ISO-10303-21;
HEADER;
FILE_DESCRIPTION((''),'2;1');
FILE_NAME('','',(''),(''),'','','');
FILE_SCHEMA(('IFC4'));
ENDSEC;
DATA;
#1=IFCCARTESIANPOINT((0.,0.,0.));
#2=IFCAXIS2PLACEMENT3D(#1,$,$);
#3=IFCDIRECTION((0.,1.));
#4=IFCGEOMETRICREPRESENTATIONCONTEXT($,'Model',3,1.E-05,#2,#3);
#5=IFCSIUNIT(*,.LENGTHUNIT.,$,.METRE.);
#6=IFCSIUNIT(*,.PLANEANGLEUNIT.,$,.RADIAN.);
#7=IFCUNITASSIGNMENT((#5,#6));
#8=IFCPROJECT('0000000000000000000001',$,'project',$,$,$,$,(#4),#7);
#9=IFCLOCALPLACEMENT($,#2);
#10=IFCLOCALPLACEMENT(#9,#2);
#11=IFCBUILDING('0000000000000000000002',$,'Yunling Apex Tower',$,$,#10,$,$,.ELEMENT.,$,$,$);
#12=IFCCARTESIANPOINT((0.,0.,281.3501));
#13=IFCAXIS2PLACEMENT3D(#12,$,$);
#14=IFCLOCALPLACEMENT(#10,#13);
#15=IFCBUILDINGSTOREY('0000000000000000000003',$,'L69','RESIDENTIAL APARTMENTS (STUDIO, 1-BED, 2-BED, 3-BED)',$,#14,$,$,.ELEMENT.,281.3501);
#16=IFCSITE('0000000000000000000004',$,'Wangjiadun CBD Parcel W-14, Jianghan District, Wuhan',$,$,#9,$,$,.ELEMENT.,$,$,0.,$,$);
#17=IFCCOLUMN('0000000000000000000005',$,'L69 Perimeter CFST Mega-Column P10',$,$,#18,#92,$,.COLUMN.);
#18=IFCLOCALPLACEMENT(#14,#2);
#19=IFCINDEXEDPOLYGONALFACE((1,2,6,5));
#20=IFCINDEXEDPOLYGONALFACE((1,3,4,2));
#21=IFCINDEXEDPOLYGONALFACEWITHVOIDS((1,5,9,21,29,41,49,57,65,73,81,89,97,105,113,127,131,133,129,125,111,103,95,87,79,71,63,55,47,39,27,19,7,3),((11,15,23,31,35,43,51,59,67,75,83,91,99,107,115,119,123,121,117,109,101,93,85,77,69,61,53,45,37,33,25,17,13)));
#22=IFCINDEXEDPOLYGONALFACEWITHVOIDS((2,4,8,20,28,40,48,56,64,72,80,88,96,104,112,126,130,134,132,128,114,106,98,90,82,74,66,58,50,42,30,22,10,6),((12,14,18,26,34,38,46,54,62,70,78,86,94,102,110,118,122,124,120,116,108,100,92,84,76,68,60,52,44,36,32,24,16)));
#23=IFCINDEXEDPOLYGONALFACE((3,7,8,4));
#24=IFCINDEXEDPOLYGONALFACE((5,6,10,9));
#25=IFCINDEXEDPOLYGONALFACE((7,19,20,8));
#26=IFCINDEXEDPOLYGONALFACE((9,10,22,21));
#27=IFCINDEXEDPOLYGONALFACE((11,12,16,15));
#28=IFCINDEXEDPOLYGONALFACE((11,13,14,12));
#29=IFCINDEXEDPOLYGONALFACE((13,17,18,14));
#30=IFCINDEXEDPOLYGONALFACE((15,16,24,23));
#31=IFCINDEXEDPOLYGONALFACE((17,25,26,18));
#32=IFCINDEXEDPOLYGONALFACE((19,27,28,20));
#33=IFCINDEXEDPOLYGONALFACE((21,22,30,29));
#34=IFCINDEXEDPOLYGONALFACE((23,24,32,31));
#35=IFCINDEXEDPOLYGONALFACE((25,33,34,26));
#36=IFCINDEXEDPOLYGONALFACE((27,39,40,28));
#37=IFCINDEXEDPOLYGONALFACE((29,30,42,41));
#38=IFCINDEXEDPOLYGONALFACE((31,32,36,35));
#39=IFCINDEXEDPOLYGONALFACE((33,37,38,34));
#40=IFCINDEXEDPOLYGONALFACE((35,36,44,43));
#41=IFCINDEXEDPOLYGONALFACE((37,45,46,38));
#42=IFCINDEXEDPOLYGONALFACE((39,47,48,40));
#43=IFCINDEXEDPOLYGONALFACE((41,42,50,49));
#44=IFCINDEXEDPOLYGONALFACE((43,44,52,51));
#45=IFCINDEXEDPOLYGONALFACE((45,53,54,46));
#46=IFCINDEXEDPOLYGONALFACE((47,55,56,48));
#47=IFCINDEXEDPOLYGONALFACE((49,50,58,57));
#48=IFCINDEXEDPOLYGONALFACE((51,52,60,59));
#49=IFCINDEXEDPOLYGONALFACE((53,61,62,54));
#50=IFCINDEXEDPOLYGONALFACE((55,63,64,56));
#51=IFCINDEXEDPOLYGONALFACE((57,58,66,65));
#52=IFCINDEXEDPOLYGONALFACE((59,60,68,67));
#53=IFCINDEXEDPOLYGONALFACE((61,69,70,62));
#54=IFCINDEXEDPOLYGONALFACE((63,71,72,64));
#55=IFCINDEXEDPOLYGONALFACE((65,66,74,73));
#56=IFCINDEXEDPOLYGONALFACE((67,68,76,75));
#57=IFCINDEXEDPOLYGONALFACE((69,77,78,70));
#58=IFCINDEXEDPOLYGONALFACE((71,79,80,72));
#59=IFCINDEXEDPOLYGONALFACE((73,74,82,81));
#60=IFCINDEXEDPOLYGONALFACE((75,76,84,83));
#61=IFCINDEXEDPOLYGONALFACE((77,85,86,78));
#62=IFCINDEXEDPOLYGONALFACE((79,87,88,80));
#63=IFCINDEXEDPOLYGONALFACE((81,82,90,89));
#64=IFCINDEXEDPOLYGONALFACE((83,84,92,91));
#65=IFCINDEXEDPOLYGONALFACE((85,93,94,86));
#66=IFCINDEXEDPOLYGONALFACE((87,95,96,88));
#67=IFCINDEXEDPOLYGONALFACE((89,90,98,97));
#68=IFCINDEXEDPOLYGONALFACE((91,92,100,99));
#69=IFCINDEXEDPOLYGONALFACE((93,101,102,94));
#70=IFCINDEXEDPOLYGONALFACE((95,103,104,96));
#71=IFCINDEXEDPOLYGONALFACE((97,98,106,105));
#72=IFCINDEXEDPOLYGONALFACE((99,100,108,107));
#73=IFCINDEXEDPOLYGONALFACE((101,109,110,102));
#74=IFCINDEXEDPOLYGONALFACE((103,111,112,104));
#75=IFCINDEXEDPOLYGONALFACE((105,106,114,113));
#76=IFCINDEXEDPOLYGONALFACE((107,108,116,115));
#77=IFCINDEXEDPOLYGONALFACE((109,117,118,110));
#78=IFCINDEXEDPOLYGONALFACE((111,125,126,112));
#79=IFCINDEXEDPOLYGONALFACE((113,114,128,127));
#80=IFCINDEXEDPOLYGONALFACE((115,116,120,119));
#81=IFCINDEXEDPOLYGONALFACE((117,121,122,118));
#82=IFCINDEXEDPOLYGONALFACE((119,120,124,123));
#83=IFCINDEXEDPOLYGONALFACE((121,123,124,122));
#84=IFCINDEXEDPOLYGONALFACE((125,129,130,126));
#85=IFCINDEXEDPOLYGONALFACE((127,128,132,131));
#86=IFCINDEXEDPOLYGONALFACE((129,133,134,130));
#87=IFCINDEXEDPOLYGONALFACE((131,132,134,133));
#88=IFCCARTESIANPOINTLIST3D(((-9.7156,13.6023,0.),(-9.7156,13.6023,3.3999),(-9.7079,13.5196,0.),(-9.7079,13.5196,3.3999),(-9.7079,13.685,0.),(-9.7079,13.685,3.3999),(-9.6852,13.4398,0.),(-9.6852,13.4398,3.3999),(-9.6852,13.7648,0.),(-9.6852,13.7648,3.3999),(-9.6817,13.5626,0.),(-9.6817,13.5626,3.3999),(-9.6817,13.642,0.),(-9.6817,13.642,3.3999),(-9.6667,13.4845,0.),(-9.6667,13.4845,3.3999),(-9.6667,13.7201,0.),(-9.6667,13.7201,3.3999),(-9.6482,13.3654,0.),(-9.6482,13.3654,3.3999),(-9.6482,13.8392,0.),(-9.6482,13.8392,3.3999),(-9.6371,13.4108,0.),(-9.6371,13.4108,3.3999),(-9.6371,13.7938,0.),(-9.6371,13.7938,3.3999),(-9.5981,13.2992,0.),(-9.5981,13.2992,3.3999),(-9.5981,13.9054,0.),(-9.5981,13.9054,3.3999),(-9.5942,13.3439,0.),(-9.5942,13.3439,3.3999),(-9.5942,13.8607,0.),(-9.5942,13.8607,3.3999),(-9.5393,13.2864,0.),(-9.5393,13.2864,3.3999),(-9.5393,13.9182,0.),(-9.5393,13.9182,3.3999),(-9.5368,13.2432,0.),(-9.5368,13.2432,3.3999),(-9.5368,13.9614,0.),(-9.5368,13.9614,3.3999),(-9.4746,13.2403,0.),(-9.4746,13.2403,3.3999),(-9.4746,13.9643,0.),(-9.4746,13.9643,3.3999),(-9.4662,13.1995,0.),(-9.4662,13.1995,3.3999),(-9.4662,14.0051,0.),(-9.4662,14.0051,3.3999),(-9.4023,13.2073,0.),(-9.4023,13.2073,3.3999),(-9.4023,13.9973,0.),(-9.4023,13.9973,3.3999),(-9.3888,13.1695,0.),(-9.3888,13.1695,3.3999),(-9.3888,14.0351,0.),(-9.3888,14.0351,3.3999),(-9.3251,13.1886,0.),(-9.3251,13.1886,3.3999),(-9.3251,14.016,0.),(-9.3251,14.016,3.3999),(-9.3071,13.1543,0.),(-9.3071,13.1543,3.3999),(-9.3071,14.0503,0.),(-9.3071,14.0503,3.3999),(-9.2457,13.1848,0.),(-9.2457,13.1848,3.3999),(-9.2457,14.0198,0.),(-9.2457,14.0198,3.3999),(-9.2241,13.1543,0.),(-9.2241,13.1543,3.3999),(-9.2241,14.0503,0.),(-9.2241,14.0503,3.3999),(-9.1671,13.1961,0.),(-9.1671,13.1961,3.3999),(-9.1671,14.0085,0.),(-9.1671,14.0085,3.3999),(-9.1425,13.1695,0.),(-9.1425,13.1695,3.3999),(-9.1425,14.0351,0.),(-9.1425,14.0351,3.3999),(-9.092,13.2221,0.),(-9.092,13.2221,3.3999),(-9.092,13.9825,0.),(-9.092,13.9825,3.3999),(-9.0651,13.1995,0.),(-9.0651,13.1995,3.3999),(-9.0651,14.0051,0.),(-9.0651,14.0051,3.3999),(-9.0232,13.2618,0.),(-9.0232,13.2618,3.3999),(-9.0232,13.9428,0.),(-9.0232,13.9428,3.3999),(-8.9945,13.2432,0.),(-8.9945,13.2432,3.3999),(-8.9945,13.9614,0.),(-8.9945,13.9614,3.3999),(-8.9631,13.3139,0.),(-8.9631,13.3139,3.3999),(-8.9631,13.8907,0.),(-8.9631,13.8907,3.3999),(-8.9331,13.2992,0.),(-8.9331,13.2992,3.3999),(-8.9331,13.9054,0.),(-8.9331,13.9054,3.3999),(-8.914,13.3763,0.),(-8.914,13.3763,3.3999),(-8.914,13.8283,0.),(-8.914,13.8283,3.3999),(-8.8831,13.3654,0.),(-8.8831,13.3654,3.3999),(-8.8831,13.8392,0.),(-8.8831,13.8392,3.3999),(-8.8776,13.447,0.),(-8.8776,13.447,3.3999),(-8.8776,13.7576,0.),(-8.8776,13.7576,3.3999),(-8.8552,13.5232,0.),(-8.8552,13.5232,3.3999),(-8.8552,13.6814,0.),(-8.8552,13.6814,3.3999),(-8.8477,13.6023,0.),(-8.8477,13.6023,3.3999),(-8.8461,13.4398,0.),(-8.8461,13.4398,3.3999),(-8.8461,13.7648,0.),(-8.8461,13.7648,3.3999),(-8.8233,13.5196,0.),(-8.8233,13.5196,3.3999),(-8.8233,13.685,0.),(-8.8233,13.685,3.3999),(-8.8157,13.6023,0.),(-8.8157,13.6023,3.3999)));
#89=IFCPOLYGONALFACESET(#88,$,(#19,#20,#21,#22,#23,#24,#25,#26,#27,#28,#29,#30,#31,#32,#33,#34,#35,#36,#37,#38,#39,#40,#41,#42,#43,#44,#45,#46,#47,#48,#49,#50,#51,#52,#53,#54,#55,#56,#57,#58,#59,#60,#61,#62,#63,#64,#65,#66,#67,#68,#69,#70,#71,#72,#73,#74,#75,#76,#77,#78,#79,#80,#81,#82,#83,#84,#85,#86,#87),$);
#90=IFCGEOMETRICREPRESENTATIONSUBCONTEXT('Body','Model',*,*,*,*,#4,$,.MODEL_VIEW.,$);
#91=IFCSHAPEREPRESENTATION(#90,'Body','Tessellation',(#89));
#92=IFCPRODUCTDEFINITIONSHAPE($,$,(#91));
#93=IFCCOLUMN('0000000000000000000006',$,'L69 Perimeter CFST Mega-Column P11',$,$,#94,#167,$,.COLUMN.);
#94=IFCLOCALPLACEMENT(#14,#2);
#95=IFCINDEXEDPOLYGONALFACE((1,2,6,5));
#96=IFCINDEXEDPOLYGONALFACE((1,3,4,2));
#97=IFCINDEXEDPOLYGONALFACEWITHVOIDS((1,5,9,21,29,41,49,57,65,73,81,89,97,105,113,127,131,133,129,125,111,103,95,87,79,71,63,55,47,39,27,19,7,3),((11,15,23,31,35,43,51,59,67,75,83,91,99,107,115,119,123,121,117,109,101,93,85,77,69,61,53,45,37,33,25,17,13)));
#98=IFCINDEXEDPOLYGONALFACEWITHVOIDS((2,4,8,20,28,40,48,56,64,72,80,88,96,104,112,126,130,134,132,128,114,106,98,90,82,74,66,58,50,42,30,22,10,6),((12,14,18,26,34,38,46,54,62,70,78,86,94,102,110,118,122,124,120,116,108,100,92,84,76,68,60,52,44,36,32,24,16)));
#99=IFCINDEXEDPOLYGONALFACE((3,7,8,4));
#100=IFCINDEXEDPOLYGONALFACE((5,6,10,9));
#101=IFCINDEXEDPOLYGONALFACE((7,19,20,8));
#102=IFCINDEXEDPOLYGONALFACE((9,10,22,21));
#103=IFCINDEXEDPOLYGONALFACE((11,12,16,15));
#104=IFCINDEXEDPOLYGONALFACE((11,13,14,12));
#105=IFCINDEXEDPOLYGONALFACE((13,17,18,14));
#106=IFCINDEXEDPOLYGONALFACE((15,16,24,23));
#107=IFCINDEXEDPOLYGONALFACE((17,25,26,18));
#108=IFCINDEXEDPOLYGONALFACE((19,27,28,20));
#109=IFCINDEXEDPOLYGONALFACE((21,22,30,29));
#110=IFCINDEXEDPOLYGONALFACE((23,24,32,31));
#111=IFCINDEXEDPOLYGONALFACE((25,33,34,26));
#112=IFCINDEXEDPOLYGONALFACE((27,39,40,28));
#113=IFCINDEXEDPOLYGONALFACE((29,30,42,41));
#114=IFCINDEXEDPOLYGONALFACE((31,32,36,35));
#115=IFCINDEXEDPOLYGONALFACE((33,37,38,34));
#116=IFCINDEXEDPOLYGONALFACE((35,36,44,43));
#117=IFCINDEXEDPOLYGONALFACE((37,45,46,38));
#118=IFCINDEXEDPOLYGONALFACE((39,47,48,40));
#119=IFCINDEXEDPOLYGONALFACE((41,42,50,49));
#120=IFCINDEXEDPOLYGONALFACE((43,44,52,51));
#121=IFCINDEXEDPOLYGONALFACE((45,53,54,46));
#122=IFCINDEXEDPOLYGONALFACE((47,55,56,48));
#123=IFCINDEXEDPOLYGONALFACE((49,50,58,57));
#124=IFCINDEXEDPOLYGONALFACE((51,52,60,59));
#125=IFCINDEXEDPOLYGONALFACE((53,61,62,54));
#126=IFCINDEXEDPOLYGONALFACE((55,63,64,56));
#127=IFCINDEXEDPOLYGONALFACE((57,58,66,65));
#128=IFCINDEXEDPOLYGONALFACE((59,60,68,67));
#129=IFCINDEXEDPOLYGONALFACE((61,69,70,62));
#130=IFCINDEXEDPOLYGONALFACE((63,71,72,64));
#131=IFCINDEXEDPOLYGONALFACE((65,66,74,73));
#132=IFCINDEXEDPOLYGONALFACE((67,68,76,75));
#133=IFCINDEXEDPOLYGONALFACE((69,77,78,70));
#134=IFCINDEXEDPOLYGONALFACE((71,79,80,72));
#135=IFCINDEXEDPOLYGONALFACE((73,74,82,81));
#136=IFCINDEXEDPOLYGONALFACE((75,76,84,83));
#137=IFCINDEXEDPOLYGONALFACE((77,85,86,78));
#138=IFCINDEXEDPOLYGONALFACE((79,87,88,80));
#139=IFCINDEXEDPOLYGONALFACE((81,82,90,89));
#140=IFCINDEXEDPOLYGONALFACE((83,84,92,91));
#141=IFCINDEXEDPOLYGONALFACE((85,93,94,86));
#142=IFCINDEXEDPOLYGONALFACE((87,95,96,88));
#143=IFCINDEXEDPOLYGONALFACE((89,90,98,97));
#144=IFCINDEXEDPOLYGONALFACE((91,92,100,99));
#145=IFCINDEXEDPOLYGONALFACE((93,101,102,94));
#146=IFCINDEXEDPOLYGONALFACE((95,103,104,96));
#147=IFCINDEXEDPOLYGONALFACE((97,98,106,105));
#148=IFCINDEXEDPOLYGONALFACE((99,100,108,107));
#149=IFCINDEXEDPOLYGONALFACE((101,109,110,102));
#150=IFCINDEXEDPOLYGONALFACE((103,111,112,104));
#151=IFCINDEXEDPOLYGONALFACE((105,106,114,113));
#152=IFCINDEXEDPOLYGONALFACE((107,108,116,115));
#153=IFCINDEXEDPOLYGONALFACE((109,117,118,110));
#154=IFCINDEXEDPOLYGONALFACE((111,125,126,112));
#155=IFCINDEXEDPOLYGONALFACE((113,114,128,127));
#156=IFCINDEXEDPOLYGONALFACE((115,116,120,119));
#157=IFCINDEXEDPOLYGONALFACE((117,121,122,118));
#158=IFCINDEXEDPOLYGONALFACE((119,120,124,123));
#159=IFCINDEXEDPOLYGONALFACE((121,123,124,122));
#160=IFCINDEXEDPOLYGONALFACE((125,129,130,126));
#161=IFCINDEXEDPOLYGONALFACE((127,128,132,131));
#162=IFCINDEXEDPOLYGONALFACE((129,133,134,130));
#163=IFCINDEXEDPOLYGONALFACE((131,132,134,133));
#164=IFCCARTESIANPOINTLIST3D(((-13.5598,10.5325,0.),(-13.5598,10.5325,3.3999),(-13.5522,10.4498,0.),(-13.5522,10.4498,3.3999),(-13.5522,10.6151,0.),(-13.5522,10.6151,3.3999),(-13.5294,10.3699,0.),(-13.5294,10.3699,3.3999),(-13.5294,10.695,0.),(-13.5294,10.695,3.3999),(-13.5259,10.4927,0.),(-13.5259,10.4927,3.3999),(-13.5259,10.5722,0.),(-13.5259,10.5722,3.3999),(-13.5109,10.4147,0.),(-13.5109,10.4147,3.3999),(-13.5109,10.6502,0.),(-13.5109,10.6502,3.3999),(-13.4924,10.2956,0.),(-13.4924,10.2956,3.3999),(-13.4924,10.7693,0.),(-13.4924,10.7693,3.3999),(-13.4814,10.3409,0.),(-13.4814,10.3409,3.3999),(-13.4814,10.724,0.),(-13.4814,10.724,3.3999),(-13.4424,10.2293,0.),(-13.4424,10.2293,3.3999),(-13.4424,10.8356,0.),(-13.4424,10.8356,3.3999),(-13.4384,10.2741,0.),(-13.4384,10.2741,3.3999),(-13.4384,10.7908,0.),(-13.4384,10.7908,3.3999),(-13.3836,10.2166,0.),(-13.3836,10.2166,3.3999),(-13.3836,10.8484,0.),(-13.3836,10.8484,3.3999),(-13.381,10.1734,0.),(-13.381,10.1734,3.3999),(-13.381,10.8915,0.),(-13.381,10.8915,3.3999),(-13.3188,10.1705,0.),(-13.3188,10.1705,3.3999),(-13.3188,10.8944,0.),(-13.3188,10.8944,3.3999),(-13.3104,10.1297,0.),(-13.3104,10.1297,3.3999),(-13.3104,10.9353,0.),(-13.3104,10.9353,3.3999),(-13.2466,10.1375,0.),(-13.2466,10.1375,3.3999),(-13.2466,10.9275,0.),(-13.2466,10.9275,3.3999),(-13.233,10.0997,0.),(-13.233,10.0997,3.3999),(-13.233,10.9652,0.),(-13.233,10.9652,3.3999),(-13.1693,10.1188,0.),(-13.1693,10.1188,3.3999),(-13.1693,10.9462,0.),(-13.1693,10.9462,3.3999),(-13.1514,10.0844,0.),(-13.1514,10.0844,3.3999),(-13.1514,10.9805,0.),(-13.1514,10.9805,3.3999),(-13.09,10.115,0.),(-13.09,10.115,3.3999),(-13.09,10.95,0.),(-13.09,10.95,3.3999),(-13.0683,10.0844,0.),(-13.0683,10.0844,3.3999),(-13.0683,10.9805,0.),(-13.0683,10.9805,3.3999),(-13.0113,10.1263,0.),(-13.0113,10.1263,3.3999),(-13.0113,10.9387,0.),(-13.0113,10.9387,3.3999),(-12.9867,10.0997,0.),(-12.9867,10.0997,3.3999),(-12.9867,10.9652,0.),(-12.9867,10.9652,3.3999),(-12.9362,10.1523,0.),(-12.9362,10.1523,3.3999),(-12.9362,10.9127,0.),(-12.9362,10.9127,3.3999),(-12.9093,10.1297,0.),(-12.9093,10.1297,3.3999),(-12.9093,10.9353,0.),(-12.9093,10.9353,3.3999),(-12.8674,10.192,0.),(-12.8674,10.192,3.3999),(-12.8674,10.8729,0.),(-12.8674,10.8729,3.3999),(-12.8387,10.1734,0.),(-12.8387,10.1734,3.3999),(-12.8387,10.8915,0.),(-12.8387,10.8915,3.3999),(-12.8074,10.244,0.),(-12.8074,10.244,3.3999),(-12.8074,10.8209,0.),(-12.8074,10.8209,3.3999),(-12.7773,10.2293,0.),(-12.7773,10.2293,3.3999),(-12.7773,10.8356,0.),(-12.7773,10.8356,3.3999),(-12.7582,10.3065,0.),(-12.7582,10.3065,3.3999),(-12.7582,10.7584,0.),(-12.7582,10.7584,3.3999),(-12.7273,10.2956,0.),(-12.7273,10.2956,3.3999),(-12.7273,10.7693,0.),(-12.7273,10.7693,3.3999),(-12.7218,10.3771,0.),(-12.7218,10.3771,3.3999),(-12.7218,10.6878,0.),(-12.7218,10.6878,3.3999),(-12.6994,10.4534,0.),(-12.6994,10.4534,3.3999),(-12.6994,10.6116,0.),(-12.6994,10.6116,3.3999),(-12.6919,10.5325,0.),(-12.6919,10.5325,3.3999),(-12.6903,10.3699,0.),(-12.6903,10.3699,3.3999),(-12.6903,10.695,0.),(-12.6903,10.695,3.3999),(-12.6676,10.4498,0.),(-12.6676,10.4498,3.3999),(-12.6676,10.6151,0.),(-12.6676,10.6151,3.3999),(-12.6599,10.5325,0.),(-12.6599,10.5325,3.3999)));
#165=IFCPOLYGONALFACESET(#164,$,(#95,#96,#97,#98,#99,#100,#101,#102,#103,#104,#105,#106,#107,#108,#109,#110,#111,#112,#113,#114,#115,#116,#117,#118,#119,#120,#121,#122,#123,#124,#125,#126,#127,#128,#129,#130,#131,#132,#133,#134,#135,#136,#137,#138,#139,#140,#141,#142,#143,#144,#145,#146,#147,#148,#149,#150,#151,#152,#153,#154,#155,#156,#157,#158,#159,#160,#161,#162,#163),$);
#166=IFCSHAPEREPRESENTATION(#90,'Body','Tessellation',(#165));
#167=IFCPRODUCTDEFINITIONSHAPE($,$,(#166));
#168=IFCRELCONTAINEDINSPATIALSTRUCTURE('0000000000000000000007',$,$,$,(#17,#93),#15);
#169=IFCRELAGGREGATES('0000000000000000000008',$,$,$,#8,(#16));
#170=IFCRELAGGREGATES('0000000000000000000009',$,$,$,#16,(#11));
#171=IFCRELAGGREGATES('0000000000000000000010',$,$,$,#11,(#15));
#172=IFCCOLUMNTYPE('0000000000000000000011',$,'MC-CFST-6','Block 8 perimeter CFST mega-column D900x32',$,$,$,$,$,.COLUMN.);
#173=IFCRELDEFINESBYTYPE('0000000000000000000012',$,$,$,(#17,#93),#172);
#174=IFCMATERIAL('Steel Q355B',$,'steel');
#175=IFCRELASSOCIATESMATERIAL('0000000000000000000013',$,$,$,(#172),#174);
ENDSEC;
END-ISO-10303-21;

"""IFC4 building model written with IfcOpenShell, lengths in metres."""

from ifc_helpers import new_model, si_unit, direction, frame, origin, origin_2d, place, context, subcontext, project, spatial, hollow_circle, extrude, source, transform, mapped, material, material_profile, profile_set, type_object, element, save


model = new_model("IFC4")

# Units and contexts
model_context = context("Model", 3, precision=1e-05, world=origin(), true_north=direction((0.0, 1.0)))
body_context = subcontext(model_context, "Body", "Model", "MODEL_VIEW")
ifc_project = project(units=[si_unit("LENGTHUNIT", "METRE"), si_unit("PLANEANGLEUNIT", "RADIAN")], contexts=[model_context])

# Site, building, storey
site_placement = place(None, origin())
site = spatial("IfcSite", under=ifc_project, at=site_placement, Name="Wangjiadun CBD Parcel W-14, Jianghan District, Wuhan", CompositionType="ELEMENT", RefElevation=0.0)
building_placement = place(site_placement, origin())
building = spatial("IfcBuilding", under=site, at=building_placement, Name="Yunling Apex Tower", CompositionType="ELEMENT")
storey_placement = place(building_placement, frame((0.0, 0.0, 281.3501)))
storey = spatial("IfcBuildingStorey", under=building, at=storey_placement, Name="L69", Description="RESIDENTIAL APARTMENTS (STUDIO, 1-BED, 2-BED, 3-BED)", CompositionType="ELEMENT", Elevation=281.3501)

# Columns
ifc_material_1 = material(Name="Steel Q355B", Category="steel")
ifc_material_profile_1 = material_profile(ifc_material_1, hollow_circle(Radius=0.45, WallThickness=0.032, at=origin_2d()))
ifc_profile_set_1 = profile_set([ifc_material_profile_1], Name="Steel Q355B")
column_type = type_object("IfcColumnType", Name="MC-CFST-6", Description="Block 8 perimeter CFST mega-column D900x32", PredefinedType="COLUMN", material=ifc_profile_set_1)
shared_shape_1 = source(origin(), body_context, "Body", "SweptSolid", [
    extrude(hollow_circle(Radius=0.45, WallThickness=0.032, at=origin_2d()), origin(), (0.0, 0.0, 1.0), 3.3999),
])
for number, where, z_axis, x_axis, name in (
    (1, (-9.2656, 13.6023, 0.0), (0.0, 0.0, 1.0), (1.0, 0.0, 0.0), "L69 Perimeter CFST Mega-Column P10"),
    (2, (-13.1099, 10.5325, 0.0), (0.0, 0.0, 1.0), (1.0, 0.0, 0.0), "L69 Perimeter CFST Mega-Column P11"),
):
    element("IfcColumn", number, at=place(storey_placement, frame(where, z_axis=z_axis, x_axis=x_axis)), inside=storey, type_object=column_type, Name=name, PredefinedType="COLUMN", context=body_context, shape_type="MappedRepresentation", body=[
        mapped(shared_shape_1, transform((0.0, 0.0, 0.0), scale=1.0)),
    ])

save(model, "model.ifc")
